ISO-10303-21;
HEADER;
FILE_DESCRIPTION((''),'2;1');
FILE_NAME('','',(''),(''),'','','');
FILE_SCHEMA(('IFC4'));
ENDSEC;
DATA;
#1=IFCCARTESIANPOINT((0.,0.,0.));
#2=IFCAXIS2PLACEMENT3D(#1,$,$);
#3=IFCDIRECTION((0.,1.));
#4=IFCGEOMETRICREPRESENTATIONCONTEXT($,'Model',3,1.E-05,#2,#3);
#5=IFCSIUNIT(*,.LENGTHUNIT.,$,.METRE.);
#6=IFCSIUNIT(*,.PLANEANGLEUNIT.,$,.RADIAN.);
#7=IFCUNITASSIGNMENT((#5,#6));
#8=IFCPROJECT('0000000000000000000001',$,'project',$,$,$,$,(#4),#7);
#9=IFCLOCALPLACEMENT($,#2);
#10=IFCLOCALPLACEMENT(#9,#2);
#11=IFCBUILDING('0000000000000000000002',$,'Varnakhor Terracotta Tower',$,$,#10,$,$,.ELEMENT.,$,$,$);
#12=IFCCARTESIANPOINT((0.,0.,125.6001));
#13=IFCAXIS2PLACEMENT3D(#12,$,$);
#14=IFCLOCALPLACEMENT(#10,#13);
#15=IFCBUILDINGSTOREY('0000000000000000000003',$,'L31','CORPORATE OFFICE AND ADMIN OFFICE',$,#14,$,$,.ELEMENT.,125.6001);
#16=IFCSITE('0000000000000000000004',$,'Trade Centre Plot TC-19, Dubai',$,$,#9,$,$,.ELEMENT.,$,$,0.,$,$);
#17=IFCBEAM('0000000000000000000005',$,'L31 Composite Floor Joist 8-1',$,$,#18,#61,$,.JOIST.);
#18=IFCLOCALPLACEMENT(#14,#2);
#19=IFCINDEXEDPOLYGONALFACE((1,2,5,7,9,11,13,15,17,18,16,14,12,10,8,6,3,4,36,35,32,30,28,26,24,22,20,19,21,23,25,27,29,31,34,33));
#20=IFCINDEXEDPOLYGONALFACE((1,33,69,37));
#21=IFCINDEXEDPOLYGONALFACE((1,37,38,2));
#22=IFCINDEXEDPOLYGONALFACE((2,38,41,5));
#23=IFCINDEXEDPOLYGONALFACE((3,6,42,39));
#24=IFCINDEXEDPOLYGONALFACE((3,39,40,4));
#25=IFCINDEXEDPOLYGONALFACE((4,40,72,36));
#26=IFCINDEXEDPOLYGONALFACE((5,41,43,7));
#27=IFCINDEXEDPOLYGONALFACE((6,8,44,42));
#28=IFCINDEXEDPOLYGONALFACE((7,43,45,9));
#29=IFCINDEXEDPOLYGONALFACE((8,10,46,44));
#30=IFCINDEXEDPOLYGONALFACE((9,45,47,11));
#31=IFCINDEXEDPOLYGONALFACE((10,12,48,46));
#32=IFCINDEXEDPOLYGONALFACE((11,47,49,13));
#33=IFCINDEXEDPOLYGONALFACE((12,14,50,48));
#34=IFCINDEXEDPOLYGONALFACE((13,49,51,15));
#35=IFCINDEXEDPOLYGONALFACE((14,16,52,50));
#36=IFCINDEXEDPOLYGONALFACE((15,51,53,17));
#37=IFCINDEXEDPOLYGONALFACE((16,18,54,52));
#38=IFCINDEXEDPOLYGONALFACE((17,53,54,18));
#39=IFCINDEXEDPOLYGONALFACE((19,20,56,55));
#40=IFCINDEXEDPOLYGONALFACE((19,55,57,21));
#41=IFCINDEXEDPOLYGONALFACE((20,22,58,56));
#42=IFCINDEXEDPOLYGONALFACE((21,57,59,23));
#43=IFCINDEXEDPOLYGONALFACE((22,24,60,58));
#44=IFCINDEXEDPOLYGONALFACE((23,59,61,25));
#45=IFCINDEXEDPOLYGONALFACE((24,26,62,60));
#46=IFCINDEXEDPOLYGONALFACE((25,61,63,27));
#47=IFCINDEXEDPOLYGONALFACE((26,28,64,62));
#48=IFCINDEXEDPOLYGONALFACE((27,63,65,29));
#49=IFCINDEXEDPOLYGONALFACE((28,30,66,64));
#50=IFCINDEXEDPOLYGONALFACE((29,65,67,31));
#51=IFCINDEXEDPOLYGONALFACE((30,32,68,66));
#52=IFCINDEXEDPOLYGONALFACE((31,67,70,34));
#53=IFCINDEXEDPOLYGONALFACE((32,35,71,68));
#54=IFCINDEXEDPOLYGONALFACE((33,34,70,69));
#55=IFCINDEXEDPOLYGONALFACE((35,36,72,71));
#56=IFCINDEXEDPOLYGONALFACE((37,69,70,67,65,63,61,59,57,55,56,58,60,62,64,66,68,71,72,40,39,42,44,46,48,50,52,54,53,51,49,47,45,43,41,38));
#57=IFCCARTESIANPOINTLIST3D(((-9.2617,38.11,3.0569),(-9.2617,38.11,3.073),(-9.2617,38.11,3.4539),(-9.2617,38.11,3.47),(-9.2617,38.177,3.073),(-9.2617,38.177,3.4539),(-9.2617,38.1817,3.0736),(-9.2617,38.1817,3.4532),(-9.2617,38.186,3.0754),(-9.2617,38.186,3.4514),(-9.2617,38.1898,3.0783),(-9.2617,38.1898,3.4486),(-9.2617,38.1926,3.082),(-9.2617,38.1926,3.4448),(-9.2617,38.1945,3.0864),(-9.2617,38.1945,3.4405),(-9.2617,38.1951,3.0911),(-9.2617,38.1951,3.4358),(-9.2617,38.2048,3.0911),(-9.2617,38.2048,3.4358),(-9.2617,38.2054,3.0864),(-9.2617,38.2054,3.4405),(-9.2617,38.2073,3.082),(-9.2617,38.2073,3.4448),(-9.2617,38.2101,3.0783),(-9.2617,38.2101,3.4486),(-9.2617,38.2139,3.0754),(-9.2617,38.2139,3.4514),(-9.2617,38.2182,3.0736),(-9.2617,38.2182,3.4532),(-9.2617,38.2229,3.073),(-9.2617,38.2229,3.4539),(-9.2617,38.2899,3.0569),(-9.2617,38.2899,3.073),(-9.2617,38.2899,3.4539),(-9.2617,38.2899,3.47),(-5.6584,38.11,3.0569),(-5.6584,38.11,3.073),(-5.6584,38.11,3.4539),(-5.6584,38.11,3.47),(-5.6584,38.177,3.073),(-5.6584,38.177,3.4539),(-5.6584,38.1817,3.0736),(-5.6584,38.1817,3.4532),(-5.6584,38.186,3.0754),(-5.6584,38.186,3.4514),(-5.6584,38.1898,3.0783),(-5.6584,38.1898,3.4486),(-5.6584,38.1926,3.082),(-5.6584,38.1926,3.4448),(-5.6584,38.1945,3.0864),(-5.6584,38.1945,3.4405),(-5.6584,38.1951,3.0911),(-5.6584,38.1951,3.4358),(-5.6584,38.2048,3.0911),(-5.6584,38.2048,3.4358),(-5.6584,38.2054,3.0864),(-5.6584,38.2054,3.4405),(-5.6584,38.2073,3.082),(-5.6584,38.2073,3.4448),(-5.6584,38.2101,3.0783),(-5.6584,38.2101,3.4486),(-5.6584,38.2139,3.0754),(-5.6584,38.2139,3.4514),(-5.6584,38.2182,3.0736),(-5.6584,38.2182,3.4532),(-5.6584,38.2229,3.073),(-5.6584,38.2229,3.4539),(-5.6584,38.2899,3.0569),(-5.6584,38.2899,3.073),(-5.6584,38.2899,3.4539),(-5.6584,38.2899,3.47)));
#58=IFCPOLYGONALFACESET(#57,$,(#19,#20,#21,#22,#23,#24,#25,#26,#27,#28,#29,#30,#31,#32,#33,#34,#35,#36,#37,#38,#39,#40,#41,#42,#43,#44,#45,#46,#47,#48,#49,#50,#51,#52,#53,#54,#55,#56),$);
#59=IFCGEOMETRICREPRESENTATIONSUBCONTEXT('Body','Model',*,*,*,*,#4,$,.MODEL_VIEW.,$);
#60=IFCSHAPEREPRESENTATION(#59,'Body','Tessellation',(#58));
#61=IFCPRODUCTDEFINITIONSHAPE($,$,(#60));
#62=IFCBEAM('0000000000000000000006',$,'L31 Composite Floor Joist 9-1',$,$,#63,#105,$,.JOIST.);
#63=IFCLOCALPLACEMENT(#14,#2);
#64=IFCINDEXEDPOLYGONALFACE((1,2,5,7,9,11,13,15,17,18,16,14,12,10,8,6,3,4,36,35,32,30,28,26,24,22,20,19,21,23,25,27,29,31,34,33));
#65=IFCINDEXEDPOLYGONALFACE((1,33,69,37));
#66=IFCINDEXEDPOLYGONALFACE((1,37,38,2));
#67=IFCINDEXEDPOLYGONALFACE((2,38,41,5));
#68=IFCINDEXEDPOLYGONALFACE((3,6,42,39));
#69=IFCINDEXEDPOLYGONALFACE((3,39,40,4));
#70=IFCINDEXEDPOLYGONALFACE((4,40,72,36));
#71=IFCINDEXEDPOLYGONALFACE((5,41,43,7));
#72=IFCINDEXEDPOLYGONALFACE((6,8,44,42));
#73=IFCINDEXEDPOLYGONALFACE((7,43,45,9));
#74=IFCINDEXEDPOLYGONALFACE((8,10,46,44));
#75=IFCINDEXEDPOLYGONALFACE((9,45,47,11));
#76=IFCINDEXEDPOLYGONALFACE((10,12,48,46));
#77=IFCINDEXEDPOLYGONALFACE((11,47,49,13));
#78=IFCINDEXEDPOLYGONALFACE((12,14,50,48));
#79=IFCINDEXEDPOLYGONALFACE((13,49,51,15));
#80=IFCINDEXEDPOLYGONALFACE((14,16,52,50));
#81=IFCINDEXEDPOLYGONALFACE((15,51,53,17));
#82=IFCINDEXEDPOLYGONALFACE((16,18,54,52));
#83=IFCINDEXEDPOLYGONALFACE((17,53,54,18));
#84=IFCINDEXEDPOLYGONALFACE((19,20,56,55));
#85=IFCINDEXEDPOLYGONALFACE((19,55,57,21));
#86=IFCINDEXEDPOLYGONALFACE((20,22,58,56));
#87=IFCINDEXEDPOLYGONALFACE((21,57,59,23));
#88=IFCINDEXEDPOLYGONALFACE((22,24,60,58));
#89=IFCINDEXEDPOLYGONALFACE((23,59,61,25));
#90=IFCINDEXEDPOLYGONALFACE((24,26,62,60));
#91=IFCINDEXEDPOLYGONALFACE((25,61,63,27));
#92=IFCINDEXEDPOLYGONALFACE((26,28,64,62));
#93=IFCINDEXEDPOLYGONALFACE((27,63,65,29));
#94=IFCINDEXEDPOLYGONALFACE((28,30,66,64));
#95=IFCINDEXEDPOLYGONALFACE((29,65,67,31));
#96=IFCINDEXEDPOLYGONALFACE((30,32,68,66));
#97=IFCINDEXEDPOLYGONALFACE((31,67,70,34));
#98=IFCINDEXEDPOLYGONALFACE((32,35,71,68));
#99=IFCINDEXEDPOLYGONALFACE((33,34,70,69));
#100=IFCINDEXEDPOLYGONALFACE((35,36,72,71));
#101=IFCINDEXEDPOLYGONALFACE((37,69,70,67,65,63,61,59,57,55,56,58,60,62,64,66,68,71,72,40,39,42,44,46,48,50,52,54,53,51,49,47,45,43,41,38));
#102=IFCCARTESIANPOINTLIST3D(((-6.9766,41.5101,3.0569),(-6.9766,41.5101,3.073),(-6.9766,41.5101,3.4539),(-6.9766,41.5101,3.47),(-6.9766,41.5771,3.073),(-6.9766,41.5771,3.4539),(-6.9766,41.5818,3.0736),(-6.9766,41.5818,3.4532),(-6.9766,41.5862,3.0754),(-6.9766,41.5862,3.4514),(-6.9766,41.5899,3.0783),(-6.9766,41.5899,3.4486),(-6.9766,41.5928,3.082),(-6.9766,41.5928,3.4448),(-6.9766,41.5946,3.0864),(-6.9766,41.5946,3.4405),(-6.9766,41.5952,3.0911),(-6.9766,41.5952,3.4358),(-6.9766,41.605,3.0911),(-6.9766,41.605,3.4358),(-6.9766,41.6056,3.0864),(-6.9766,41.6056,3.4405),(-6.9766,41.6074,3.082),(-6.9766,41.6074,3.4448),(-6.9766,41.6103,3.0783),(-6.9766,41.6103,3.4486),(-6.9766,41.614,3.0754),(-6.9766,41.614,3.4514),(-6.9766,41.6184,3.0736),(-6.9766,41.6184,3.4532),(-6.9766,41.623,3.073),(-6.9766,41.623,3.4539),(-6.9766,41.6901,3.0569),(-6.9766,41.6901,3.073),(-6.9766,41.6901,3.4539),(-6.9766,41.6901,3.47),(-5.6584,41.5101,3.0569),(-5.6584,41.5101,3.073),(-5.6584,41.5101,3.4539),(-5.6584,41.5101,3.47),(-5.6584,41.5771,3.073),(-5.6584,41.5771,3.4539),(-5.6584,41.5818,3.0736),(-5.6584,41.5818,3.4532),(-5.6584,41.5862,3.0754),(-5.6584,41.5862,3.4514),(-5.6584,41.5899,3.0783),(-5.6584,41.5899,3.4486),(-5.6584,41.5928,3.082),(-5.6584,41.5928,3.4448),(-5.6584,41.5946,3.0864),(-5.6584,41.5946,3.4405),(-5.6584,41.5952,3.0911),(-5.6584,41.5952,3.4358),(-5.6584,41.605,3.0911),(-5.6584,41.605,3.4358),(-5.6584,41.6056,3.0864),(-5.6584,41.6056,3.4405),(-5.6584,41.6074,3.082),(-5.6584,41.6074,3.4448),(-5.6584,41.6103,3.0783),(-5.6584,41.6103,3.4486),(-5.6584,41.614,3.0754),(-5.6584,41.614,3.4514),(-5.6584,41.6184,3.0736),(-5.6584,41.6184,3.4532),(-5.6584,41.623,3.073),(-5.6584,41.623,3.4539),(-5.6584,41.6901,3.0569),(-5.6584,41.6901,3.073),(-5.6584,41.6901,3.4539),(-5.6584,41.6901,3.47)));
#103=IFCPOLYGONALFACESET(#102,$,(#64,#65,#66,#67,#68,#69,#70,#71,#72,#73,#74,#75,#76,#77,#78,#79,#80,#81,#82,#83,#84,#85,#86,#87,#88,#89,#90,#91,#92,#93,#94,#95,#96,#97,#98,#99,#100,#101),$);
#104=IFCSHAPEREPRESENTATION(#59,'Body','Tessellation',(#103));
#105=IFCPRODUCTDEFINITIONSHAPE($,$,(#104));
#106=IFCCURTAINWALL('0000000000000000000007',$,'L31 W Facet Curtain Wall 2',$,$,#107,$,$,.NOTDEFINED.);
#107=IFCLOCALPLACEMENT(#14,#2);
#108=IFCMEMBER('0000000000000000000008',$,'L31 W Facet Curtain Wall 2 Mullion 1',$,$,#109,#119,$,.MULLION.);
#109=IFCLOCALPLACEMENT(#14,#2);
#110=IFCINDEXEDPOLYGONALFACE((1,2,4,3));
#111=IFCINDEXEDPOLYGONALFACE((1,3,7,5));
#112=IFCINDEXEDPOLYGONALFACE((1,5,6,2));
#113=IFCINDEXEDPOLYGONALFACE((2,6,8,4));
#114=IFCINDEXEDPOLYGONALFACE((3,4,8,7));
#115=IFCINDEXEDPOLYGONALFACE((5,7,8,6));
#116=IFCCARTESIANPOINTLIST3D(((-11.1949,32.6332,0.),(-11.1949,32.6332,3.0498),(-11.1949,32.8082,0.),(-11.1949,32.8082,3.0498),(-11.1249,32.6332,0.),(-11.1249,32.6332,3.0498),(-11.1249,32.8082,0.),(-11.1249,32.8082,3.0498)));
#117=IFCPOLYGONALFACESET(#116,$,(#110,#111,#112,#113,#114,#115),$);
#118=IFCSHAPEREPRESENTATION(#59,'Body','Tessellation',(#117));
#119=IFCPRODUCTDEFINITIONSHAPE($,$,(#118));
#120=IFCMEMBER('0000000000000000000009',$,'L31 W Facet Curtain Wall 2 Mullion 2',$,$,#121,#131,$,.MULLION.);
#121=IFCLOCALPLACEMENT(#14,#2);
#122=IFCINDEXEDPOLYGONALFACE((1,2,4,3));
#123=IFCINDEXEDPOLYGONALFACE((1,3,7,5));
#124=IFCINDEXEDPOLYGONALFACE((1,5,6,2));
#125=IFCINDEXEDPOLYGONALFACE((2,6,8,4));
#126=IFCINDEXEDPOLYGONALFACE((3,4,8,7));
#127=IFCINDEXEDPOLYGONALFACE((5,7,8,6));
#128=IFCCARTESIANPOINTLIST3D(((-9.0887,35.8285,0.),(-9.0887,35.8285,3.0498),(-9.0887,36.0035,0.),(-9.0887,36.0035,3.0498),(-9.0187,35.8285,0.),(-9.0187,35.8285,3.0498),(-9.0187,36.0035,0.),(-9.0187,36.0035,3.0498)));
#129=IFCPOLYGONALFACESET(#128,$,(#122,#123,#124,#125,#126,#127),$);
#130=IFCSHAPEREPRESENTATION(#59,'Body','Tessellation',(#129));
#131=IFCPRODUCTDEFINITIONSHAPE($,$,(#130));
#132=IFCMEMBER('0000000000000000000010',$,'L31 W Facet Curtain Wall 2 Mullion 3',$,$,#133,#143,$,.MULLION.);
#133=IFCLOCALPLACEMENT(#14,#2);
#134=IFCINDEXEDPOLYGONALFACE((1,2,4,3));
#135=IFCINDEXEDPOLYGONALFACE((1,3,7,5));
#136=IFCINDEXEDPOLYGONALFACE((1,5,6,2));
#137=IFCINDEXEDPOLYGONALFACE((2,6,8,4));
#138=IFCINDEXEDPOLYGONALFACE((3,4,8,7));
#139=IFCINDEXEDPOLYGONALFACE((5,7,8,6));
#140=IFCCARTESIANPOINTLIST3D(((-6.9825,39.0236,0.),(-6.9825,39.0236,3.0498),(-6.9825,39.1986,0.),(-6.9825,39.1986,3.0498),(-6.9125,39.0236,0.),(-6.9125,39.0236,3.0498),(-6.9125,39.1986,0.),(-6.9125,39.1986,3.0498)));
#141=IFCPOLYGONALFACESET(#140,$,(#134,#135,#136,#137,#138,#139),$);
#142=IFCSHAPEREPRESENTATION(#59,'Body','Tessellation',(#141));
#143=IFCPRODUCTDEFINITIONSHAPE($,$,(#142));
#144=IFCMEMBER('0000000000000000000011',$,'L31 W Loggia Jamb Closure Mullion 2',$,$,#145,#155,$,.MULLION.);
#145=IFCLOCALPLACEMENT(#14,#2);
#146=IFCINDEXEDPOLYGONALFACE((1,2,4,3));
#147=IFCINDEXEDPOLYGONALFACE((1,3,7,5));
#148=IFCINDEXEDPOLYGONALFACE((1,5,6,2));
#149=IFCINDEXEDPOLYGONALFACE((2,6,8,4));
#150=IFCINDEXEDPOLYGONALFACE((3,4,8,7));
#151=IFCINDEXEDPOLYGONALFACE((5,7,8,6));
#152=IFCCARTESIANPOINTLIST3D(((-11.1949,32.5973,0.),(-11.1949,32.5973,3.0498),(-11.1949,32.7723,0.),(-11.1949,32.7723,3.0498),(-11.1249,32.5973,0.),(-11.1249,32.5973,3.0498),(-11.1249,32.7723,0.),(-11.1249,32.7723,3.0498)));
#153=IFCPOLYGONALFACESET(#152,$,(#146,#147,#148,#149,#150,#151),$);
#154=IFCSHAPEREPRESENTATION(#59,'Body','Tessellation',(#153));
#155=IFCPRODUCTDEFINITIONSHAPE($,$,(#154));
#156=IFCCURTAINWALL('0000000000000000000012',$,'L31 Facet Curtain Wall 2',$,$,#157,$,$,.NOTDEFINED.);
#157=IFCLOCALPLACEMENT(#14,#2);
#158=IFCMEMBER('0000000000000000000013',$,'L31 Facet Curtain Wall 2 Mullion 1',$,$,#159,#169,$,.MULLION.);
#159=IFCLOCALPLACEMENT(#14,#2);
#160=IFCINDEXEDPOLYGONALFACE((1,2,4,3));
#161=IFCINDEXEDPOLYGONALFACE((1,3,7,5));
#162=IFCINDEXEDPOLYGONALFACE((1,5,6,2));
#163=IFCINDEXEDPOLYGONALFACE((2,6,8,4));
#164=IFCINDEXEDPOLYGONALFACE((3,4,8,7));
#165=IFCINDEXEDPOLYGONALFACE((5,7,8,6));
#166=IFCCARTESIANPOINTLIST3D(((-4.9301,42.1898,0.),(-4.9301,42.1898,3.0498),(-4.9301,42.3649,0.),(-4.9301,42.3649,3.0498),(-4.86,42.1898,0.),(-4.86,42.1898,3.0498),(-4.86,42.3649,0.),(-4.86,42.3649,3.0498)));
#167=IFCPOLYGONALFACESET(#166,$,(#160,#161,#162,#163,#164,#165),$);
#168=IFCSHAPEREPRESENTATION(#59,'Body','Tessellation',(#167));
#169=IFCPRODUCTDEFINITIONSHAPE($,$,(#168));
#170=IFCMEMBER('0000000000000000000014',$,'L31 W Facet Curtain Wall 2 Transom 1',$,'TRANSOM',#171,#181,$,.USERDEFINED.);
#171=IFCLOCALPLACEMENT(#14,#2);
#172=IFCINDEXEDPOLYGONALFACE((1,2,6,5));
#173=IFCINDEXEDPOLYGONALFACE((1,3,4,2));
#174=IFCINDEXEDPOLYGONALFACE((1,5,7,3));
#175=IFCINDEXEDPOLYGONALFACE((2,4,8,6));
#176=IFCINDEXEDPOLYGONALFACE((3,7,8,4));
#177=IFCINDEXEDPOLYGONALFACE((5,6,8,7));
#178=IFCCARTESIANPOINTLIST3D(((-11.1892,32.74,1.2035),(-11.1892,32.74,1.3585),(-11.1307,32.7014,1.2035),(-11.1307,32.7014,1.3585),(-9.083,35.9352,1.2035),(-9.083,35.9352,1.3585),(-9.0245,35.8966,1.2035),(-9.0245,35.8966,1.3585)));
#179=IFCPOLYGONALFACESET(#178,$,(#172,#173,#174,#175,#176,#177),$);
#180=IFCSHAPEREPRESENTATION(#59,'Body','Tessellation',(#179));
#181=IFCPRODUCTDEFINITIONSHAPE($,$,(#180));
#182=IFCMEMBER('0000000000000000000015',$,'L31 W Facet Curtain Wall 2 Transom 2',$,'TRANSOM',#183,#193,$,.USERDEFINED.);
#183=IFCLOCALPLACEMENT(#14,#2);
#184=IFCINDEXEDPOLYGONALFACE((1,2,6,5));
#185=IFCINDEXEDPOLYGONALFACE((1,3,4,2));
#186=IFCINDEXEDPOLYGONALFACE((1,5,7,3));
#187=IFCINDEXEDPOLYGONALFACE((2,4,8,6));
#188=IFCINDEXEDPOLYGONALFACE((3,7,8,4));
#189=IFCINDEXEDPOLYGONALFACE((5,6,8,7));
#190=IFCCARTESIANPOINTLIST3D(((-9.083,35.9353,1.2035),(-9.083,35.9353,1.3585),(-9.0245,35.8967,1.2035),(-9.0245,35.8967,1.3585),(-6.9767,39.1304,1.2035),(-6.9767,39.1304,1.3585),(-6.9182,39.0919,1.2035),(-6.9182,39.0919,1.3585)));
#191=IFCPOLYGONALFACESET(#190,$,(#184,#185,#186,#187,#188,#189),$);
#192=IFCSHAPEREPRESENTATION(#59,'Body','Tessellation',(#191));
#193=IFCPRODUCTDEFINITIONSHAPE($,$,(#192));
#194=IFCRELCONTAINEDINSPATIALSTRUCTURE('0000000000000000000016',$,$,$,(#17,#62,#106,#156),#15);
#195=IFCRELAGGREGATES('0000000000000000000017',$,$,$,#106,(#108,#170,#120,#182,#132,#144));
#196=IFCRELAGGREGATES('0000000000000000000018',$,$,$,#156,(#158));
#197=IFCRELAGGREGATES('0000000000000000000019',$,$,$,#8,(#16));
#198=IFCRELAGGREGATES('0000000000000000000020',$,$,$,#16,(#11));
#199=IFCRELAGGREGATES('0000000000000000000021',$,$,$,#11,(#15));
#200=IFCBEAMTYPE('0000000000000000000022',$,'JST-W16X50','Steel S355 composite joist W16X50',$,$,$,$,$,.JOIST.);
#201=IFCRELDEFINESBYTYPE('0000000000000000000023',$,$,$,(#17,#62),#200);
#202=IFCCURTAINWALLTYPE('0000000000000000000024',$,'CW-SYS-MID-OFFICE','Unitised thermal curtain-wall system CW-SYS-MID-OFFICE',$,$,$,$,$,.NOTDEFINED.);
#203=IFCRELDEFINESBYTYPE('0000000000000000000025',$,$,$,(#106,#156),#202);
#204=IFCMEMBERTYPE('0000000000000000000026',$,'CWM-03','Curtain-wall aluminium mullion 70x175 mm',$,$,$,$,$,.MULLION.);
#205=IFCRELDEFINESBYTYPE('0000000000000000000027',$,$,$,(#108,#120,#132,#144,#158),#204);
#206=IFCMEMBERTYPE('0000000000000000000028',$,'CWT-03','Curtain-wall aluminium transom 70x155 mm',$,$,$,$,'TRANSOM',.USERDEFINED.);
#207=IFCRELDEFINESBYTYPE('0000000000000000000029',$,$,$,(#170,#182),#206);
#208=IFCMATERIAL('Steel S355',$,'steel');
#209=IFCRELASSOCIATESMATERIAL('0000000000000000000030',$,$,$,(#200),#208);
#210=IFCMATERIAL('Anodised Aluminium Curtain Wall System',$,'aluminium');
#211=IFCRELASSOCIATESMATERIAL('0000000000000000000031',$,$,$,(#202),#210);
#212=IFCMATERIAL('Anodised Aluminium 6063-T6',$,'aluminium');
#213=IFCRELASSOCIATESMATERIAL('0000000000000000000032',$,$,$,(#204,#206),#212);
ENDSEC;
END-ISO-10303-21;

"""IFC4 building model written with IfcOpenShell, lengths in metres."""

from ifc_helpers import new_model, si_unit, direction, frame, origin, origin_2d, place, context, subcontext, project, spatial, rectangle, i_section, extrude, source, transform, mapped, material, material_profile, profile_set, type_object, type_shapes, element, aggregate, save


model = new_model("IFC4")

# Units and contexts
model_context = context("Model", 3, precision=1e-05, world=origin(), true_north=direction((0.0, 1.0)))
body_context = subcontext(model_context, "Body", "Model", "MODEL_VIEW")
ifc_project = project(units=[si_unit("LENGTHUNIT", "METRE"), si_unit("PLANEANGLEUNIT", "RADIAN")], contexts=[model_context])

# Site, building, storey
site_placement = place(None, origin())
site = spatial("IfcSite", under=ifc_project, at=site_placement, Name="Trade Centre Plot TC-19, Dubai", CompositionType="ELEMENT", RefElevation=0.0)
building_placement = place(site_placement, origin())
building = spatial("IfcBuilding", under=site, at=building_placement, Name="Varnakhor Terracotta Tower", CompositionType="ELEMENT")
storey_placement = place(building_placement, frame((0.0, 0.0, 125.6001)))
storey = spatial("IfcBuildingStorey", under=building, at=storey_placement, Name="L31", Description="CORPORATE OFFICE AND ADMIN OFFICE", CompositionType="ELEMENT", Elevation=125.6001)

# Beams
ifc_material_1 = material(Name="Steel S355", Category="steel")
ifc_material_profile_1 = material_profile(ifc_material_1, i_section(OverallWidth=0.1799, OverallDepth=0.4131, WebThickness=0.0098, FlangeThickness=0.0161, FilletRadius=0.0181, at=origin_2d()), Name="W16X50")
ifc_profile_set_1 = profile_set([ifc_material_profile_1], Name="Steel S355")
beam_type_1 = type_object("IfcBeamType", Name="JST-W16X50", Description="Steel S355 composite joist W16X50", PredefinedType="JOIST", material=ifc_profile_set_1)
shared_shape_1 = source(origin(), body_context, "Body", "SweptSolid", [
    extrude(i_section(OverallWidth=0.1799, OverallDepth=0.4131, WebThickness=0.0098, FlangeThickness=0.0161, FilletRadius=0.0181, at=origin_2d()), origin(), (0.0, 0.0, 1.0), 3.6033),
])
beam_1_placement = place(storey_placement, frame((-9.2617, 38.2, 3.2634), z_axis=(1.0, 0.0, 0.0), x_axis=(0.0, 1.0, 0.0)))
element("IfcBeam", 1, at=beam_1_placement, inside=storey, type_object=beam_type_1, Name="L31 Composite Floor Joist 8-1", PredefinedType="JOIST", context=body_context, shape_type="MappedRepresentation", body=[
    mapped(shared_shape_1, transform((0.0, 0.0, 0.0), scale=1.0)),
])
shared_shape_2 = source(origin(), body_context, "Body", "SweptSolid", [
    extrude(i_section(OverallWidth=0.1799, OverallDepth=0.4131, WebThickness=0.0098, FlangeThickness=0.0161, FilletRadius=0.0181, at=origin_2d()), origin(), (0.0, 0.0, 1.0), 1.3181),
])
beam_2_placement = place(storey_placement, frame((-6.9766, 41.6001, 3.2634), z_axis=(1.0, 0.0, 0.0), x_axis=(0.0, 1.0, 0.0)))
element("IfcBeam", 2, at=beam_2_placement, inside=storey, type_object=beam_type_1, Name="L31 Composite Floor Joist 9-1", PredefinedType="JOIST", context=body_context, shape_type="MappedRepresentation", body=[
    mapped(shared_shape_2, transform((0.0, 0.0, 0.0), scale=1.0)),
])

# Curtain wall, members
ifc_material_2 = material(Name="Anodised Aluminium Curtain Wall System", Category="aluminium")
curtain_wall_type = type_object("IfcCurtainWallType", Name="CW-SYS-MID-OFFICE", Description="Unitised thermal curtain-wall system CW-SYS-MID-OFFICE", PredefinedType="NOTDEFINED", material=ifc_material_2)
curtain_wall_1_placement = place(storey_placement, origin())
curtain_wall_1 = element("IfcCurtainWall", 3, at=curtain_wall_1_placement, inside=storey, type_object=curtain_wall_type, Name="L31 W Facet Curtain Wall 2", PredefinedType="NOTDEFINED")
ifc_material_3 = material(Name="Anodised Aluminium 6063-T6", Category="aluminium")
ifc_material_profile_2 = material_profile(ifc_material_3, rectangle(XDim=0.0701, YDim=0.175, at=origin_2d()), Name="ALU MULLION 70x175")
ifc_profile_set_2 = profile_set([ifc_material_profile_2], Name="Anodised Aluminium 6063-T6")
member_type_1 = type_object("IfcMemberType", Name="CWM-03", Description="Curtain-wall aluminium mullion 70x175 mm", PredefinedType="MULLION", material=ifc_profile_set_2)
shared_shape_3 = source(origin(), body_context, "Body", "SweptSolid", [
    extrude(rectangle(XDim=0.0701, YDim=0.175, at=origin_2d()), origin(), (0.0, 0.0, 1.0), 3.0498),
])
type_shapes(member_type_1, [shared_shape_3])
member_1_placement = place(storey_placement, frame((-11.1599, 32.7207, 0.0), z_axis=(0.0, 0.0, 1.0), x_axis=(1.0, 0.0, 0.0)))
member_1 = element("IfcMember", 4, at=member_1_placement, type_object=member_type_1, Name="L31 W Facet Curtain Wall 2 Mullion 1", PredefinedType="MULLION", context=body_context, shape_type="MappedRepresentation", body=[
    mapped(shared_shape_3, transform((0.0, 0.0, 0.0), scale=1.0)),
])
member_2_placement = place(storey_placement, frame((-9.0537, 35.916, 0.0), z_axis=(0.0, 0.0, 1.0), x_axis=(1.0, 0.0, 0.0)))
member_2 = element("IfcMember", 5, at=member_2_placement, type_object=member_type_1, Name="L31 W Facet Curtain Wall 2 Mullion 2", PredefinedType="MULLION", context=body_context, shape_type="MappedRepresentation", body=[
    mapped(shared_shape_3, transform((0.0, 0.0, 0.0), scale=1.0)),
])
member_3_placement = place(storey_placement, frame((-6.9475, 39.1111, 0.0), z_axis=(0.0, 0.0, 1.0), x_axis=(1.0, 0.0, 0.0)))
member_3 = element("IfcMember", 6, at=member_3_placement, type_object=member_type_1, Name="L31 W Facet Curtain Wall 2 Mullion 3", PredefinedType="MULLION", context=body_context, shape_type="MappedRepresentation", body=[
    mapped(shared_shape_3, transform((0.0, 0.0, 0.0), scale=1.0)),
])
member_4_placement = place(storey_placement, frame((-11.1599, 32.6848, 0.0), z_axis=(0.0, 0.0, 1.0), x_axis=(1.0, 0.0, 0.0)))
member_4 = element("IfcMember", 7, at=member_4_placement, type_object=member_type_1, Name="L31 W Loggia Jamb Closure Mullion 2", PredefinedType="MULLION", context=body_context, shape_type="MappedRepresentation", body=[
    mapped(shared_shape_3, transform((0.0, 0.0, 0.0), scale=1.0)),
])

# Curtain wall, member
curtain_wall_2_placement = place(storey_placement, origin())
curtain_wall_2 = element("IfcCurtainWall", 8, at=curtain_wall_2_placement, inside=storey, type_object=curtain_wall_type, Name="L31 Facet Curtain Wall 2", PredefinedType="NOTDEFINED")
member_5_placement = place(storey_placement, frame((-4.895, 42.2773, 0.0), z_axis=(0.0, 0.0, 1.0), x_axis=(1.0, 0.0, 0.0)))
member_5 = element("IfcMember", 9, at=member_5_placement, type_object=member_type_1, Name="L31 Facet Curtain Wall 2 Mullion 1", PredefinedType="MULLION", context=body_context, shape_type="MappedRepresentation", body=[
    mapped(shared_shape_3, transform((0.0, 0.0, 0.0), scale=1.0)),
])

# Members
ifc_material_profile_3 = material_profile(ifc_material_3, rectangle(XDim=0.0701, YDim=0.155, at=origin_2d()), Name="ALU TRANSOM 70x155")
ifc_profile_set_3 = profile_set([ifc_material_profile_3], Name="Anodised Aluminium 6063-T6")
member_type_2 = type_object("IfcMemberType", Name="CWT-03", Description="Curtain-wall aluminium transom 70x155 mm", ElementType="TRANSOM", PredefinedType="USERDEFINED", material=ifc_profile_set_3)
shared_shape_4 = source(origin(), body_context, "Body", "SweptSolid", [
    extrude(rectangle(XDim=0.0701, YDim=0.155, at=origin_2d()), origin(), (0.0, 0.0, 1.0), 3.8269),
])
type_shapes(member_type_2, [shared_shape_4])
member_6_placement = place(storey_placement, frame((-11.1599, 32.7207, 1.281), z_axis=(0.55035, 0.834934, 0.0), x_axis=(-0.834934, 0.55035, 0.0)))
member_6 = element("IfcMember", 10, at=member_6_placement, type_object=member_type_2, Name="L31 W Facet Curtain Wall 2 Transom 1", ObjectType="TRANSOM", PredefinedType="USERDEFINED", context=body_context, shape_type="MappedRepresentation", body=[
    mapped(shared_shape_4, transform((0.0, 0.0, 0.0), scale=1.0)),
])
member_7_placement = place(storey_placement, frame((-9.0537, 35.916, 1.281), z_axis=(0.550379, 0.834915, 0.0), x_axis=(-0.834915, 0.550379, 0.0)))
member_7 = element("IfcMember", 11, at=member_7_placement, type_object=member_type_2, Name="L31 W Facet Curtain Wall 2 Transom 2", ObjectType="TRANSOM", PredefinedType="USERDEFINED", context=body_context, shape_type="MappedRepresentation", body=[
    mapped(shared_shape_4, transform((0.0, 0.0, 0.0), scale=1.0)),
])

aggregate(curtain_wall_1, [member_1, member_6, member_2, member_7, member_3, member_4])
aggregate(curtain_wall_2, [member_5])

save(model, "model.ifc")
